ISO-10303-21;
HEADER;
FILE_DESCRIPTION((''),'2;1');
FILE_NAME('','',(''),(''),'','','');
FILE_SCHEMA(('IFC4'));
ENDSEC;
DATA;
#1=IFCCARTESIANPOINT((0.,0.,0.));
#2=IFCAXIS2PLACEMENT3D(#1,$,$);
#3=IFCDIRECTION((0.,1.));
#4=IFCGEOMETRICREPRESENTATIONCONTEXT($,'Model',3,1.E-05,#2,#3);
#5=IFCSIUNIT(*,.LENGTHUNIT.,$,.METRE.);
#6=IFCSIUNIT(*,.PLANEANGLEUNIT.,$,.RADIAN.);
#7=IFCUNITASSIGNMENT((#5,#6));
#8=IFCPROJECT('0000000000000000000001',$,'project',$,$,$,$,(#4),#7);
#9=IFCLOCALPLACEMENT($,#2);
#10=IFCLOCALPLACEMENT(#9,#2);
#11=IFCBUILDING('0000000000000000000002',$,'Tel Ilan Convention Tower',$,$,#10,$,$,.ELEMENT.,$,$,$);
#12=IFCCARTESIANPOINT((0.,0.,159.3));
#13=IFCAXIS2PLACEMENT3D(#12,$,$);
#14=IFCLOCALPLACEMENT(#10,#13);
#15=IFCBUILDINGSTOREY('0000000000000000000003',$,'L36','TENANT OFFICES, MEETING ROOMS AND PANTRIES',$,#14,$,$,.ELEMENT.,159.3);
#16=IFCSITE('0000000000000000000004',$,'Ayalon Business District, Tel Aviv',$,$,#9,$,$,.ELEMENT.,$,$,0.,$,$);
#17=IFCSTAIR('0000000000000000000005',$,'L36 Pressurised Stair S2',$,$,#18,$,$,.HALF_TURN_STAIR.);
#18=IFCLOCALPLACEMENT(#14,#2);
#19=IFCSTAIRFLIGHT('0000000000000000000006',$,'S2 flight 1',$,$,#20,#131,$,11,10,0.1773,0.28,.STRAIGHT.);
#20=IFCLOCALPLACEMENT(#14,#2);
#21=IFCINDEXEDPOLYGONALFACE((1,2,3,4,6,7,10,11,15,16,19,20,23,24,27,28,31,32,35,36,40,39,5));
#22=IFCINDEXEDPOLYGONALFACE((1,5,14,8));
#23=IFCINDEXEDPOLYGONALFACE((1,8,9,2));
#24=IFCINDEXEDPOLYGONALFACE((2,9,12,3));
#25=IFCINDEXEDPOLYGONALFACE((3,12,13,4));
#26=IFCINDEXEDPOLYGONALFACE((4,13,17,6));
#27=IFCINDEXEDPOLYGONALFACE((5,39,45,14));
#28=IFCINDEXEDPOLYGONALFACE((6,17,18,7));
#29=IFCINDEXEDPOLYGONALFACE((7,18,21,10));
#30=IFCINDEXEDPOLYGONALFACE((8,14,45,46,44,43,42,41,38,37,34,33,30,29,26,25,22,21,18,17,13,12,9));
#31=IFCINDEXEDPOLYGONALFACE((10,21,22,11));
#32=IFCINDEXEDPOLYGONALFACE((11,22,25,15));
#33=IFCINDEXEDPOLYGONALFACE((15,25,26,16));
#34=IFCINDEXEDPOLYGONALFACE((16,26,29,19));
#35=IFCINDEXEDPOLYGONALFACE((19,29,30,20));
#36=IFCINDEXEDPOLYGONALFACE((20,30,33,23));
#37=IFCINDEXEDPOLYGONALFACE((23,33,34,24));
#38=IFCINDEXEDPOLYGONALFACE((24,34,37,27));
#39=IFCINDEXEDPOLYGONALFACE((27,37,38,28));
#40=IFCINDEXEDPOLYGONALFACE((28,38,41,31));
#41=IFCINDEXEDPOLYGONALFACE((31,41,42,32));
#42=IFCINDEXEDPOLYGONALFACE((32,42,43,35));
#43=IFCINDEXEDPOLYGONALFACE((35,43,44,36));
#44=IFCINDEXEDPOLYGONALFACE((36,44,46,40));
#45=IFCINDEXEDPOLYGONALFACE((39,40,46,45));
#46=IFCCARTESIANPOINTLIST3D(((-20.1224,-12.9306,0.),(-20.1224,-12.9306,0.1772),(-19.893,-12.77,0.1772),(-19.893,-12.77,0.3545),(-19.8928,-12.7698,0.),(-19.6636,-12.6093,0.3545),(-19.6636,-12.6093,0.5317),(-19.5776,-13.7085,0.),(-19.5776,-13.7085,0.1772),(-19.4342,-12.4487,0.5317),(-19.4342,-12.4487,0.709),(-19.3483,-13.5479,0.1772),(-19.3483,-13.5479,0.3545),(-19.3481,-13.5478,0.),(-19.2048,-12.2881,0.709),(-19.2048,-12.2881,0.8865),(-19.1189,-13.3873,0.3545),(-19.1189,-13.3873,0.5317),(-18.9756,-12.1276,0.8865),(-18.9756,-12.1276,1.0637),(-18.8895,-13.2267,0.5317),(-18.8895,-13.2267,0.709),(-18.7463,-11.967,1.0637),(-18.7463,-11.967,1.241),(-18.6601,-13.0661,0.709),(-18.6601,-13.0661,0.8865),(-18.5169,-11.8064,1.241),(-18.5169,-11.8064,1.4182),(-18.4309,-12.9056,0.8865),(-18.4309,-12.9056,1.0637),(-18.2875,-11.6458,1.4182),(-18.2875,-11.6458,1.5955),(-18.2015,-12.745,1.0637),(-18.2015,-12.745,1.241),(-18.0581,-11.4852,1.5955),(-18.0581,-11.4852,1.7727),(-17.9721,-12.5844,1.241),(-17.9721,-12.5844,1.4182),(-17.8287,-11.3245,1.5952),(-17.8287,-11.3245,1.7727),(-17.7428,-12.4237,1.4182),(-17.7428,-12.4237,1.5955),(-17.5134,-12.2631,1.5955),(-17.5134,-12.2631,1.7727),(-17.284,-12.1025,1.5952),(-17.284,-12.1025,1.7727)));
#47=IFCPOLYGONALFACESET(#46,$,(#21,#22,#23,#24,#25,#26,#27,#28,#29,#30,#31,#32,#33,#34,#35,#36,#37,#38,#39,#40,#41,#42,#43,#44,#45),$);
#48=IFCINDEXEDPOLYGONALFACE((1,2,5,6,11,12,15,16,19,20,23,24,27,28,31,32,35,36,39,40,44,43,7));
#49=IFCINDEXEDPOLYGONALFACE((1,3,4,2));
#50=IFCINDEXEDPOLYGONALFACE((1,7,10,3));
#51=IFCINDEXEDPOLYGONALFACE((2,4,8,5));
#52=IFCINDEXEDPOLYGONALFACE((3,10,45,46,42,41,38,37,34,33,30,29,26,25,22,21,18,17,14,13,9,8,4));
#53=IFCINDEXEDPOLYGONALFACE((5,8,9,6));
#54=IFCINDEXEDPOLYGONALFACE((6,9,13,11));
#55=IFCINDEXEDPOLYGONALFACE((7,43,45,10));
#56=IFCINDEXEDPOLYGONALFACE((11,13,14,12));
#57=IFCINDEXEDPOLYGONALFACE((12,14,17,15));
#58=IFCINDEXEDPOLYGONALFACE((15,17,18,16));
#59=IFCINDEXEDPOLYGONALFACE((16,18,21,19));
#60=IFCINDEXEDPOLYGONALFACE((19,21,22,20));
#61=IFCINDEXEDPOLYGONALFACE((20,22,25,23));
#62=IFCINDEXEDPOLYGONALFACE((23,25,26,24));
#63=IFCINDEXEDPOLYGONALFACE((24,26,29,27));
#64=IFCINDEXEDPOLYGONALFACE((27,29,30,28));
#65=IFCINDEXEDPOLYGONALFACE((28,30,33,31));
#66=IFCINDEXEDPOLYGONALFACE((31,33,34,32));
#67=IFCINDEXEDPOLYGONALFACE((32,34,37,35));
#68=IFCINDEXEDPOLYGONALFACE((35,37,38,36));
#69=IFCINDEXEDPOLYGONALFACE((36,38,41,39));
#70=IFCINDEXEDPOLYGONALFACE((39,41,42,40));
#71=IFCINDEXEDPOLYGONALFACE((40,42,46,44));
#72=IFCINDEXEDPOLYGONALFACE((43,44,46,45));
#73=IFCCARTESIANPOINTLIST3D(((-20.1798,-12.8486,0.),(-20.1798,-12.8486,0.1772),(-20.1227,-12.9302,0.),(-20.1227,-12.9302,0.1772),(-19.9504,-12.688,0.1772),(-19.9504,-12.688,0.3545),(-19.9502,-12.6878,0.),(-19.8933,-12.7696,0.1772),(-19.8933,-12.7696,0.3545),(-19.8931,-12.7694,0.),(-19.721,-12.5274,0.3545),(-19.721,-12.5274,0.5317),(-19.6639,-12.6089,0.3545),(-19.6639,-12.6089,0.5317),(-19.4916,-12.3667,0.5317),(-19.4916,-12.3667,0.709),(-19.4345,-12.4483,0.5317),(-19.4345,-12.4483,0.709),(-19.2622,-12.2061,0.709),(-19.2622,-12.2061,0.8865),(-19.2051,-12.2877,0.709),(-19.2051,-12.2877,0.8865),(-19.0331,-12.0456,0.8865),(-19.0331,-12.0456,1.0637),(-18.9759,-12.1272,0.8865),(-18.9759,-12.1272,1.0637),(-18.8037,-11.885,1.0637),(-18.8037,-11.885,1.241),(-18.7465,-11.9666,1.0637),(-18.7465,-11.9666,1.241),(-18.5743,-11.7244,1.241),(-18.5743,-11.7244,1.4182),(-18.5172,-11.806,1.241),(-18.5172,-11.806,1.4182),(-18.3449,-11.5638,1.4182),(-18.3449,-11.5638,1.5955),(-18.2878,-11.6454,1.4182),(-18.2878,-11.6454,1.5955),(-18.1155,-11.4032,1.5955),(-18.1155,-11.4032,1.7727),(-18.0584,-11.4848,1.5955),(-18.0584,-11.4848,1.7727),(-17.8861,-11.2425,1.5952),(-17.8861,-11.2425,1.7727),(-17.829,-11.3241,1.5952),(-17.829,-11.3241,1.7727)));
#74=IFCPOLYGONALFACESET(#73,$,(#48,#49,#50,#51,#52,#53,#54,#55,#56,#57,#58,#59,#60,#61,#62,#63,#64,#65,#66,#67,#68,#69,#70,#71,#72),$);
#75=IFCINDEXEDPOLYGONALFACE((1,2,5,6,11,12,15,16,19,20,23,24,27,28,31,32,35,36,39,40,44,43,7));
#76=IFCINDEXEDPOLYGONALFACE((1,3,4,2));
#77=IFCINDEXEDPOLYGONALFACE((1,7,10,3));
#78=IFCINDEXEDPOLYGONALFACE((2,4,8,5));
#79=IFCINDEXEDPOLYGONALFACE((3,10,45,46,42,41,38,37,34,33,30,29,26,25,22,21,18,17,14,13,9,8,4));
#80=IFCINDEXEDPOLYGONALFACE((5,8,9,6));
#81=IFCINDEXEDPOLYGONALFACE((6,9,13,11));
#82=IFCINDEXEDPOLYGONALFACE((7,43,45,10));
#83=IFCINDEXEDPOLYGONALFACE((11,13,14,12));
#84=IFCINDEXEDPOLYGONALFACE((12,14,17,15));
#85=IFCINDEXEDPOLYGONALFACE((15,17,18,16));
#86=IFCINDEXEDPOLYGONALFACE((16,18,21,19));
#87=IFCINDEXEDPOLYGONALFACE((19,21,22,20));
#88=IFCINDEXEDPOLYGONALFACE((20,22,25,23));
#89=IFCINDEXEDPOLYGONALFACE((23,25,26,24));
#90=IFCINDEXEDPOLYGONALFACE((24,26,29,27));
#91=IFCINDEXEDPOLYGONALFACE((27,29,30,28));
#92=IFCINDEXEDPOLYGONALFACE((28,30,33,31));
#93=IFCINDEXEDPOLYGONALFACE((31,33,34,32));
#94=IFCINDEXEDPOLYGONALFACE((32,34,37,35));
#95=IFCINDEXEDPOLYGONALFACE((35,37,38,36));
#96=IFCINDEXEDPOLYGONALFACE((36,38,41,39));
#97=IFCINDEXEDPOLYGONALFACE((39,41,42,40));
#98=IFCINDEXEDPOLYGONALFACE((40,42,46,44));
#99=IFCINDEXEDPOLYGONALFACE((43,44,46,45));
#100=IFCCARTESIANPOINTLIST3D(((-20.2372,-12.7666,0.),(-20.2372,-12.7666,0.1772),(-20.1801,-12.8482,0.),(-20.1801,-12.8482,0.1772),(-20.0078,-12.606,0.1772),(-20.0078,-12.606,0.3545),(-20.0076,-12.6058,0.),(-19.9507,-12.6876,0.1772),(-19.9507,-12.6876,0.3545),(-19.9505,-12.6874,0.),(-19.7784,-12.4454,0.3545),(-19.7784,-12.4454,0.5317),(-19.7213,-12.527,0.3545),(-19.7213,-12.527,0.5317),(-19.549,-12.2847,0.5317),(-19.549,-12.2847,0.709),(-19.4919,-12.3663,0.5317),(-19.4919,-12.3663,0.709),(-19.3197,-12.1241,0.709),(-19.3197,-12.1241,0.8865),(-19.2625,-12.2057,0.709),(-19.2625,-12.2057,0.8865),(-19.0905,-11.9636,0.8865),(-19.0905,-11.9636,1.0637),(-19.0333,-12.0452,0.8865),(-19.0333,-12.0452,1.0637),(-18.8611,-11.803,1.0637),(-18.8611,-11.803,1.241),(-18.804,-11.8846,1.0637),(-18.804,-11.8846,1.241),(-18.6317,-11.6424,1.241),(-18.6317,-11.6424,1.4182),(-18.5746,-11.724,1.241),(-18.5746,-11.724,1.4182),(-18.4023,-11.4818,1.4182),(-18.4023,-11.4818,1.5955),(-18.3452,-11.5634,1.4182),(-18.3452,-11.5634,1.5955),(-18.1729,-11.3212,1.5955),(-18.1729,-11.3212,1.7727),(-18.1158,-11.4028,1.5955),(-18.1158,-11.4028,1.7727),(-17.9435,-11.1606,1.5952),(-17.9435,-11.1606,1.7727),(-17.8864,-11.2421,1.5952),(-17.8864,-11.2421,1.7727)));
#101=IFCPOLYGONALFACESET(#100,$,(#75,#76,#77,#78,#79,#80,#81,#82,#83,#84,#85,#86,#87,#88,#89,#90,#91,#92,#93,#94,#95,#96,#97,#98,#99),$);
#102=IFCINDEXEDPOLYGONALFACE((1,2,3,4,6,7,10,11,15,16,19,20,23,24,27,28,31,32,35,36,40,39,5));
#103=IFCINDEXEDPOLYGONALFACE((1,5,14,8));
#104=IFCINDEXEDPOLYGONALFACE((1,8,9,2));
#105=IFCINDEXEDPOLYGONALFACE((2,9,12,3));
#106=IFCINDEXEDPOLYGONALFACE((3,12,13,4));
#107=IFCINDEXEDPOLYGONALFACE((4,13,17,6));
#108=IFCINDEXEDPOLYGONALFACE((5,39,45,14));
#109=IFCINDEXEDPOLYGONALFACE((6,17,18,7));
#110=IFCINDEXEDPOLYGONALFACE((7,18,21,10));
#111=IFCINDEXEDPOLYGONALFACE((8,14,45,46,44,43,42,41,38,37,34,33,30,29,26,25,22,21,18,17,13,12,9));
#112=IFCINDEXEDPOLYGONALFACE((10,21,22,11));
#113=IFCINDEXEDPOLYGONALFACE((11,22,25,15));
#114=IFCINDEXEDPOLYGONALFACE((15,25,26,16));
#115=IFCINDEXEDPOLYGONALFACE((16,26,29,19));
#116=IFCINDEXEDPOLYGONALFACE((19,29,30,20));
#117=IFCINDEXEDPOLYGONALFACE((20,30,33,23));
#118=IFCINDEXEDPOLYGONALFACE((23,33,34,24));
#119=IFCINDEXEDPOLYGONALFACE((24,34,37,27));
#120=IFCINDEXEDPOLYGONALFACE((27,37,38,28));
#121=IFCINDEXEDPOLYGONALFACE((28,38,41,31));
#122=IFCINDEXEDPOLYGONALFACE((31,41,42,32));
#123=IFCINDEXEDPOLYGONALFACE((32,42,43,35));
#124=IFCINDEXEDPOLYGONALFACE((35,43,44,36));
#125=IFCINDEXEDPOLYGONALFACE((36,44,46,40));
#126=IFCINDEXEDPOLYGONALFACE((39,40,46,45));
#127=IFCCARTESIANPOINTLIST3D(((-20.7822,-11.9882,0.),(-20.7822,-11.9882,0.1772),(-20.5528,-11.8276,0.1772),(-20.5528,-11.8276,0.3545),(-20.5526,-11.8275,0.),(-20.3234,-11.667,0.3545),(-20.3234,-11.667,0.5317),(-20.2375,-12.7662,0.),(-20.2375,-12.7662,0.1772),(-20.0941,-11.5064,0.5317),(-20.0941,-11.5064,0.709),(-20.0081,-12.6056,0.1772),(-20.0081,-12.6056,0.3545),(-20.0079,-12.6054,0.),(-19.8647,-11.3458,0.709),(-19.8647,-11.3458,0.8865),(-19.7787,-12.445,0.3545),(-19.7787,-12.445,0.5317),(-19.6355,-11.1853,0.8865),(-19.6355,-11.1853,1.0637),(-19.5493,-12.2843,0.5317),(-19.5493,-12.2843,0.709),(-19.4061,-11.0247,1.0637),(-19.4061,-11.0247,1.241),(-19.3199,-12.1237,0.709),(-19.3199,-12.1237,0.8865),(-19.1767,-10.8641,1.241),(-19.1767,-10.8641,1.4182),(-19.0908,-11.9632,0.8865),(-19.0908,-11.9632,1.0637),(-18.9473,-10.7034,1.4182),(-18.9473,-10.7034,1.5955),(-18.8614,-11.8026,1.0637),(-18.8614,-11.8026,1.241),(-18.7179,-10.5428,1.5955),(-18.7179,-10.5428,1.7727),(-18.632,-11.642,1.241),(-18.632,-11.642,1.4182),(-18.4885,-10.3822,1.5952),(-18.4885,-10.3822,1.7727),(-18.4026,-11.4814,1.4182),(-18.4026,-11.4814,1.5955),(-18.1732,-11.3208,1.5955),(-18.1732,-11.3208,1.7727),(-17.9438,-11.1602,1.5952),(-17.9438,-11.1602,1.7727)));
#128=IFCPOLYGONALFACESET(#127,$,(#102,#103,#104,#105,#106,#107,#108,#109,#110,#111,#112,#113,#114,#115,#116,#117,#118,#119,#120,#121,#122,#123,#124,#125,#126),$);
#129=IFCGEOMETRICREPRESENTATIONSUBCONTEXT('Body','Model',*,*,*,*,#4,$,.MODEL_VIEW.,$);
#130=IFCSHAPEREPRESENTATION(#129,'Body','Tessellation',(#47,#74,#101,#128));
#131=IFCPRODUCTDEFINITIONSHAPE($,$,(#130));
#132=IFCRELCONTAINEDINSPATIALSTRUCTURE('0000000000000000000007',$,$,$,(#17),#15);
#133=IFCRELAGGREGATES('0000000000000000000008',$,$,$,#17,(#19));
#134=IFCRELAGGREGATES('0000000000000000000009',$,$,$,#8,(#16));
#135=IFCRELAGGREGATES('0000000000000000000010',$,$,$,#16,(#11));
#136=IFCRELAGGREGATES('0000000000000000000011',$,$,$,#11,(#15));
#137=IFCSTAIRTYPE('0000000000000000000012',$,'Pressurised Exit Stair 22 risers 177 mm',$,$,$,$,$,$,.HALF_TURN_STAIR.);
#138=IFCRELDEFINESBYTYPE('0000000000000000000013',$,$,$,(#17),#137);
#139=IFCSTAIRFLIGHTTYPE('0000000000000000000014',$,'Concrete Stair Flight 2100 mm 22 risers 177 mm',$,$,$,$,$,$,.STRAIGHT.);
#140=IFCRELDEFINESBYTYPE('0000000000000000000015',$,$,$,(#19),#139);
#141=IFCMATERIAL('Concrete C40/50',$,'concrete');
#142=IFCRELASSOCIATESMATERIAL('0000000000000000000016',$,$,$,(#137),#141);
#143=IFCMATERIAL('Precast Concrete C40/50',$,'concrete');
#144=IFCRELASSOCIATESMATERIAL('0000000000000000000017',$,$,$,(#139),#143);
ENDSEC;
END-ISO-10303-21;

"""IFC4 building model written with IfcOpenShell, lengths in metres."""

from ifc_helpers import new_model, si_unit, direction, frame, origin, place, context, subcontext, project, spatial, polyline, outline, extrude, material, type_object, element, aggregate, save


model = new_model("IFC4")

# Units and contexts
model_context = context("Model", 3, precision=1e-05, world=origin(), true_north=direction((0.0, 1.0)))
body_context = subcontext(model_context, "Body", "Model", "MODEL_VIEW")
ifc_project = project(units=[si_unit("LENGTHUNIT", "METRE"), si_unit("PLANEANGLEUNIT", "RADIAN")], contexts=[model_context])

# Site, building, storey
site_placement = place(None, origin())
site = spatial("IfcSite", under=ifc_project, at=site_placement, Name="Ayalon Business District, Tel Aviv", CompositionType="ELEMENT", RefElevation=0.0)
building_placement = place(site_placement, origin())
building = spatial("IfcBuilding", under=site, at=building_placement, Name="Tel Ilan Convention Tower", CompositionType="ELEMENT")
storey_placement = place(building_placement, frame((0.0, 0.0, 159.3)))
storey = spatial("IfcBuildingStorey", under=building, at=storey_placement, Name="L36", Description="TENANT OFFICES, MEETING ROOMS AND PANTRIES", CompositionType="ELEMENT", Elevation=159.3)

# Stair, stair flight
ifc_material_1 = material(Name="Concrete C40/50", Category="concrete")
stair_type = type_object("IfcStairType", Name="Pressurised Exit Stair 22 risers 177 mm", PredefinedType="HALF_TURN_STAIR", material=ifc_material_1)
ifc_material_2 = material(Name="Precast Concrete C40/50", Category="concrete")
stair_flight_type = type_object("IfcStairFlightType", Name="Concrete Stair Flight 2100 mm 22 risers 177 mm", PredefinedType="STRAIGHT", material=ifc_material_2)
stair_1_placement = place(storey_placement, origin())
stair_1 = element("IfcStair", 1, at=stair_1_placement, inside=storey, type_object=stair_type, Name="L36 Pressurised Stair S2", PredefinedType="HALF_TURN_STAIR")
stair_flight_1_placement = place(storey_placement, frame((-20.1799, -12.8484, 0.0), z_axis=(0.0, 0.0, 1.0), x_axis=(0.819152, 0.573576, 0.0)))
stair_flight_1 = element("IfcStairFlight", 2, at=stair_flight_1_placement, type_object=stair_flight_type, Name="S2 flight 1", NumberOfRisers=11, NumberOfTreads=10, PredefinedType="STRAIGHT", RiserHeight=0.1773, TreadLength=0.28, context=body_context, shape_type="SweptSolid", body=[
    extrude(outline(polyline([(0.0, 0.0), (0.0, 0.1772), (0.28, 0.1772), (0.28, 0.3545), (0.5601, 0.3545), (0.5601, 0.5317), (0.8401, 0.5317), (0.8401, 0.709), (1.1201, 0.709), (1.1201, 0.8865), (1.3999, 0.8865), (1.3999, 1.0637), (1.6799, 1.0637), (1.6799, 1.241), (1.96, 1.241), (1.96, 1.4182), (2.24, 1.4182), (2.24, 1.5955), (2.52, 1.5955), (2.52, 1.7727), (2.8, 1.7727), (2.8, 1.95), (2.8, 1.5952), (0.2803, 0.0), (0.0, 0.0)])), frame((0.0, -0.1003, 0.0), z_axis=(0.0, -1.0, 0.0), x_axis=(1.0, 0.0, 0.0)), (0.0, 0.0, 1.0), 0.9497),
    extrude(outline(polyline([(0.0, 0.0), (0.0, 0.1772), (0.28, 0.1772), (0.28, 0.3545), (0.5601, 0.3545), (0.5601, 0.5317), (0.8401, 0.5317), (0.8401, 0.709), (1.1201, 0.709), (1.1201, 0.8865), (1.3999, 0.8865), (1.3999, 1.0637), (1.6799, 1.0637), (1.6799, 1.241), (1.96, 1.241), (1.96, 1.4182), (2.24, 1.4182), (2.24, 1.5955), (2.52, 1.5955), (2.52, 1.7727), (2.8, 1.7727), (2.8, 1.95), (2.8, 1.5952), (0.2803, 0.0), (0.0, 0.0)])), frame((0.0, -0.0002, 0.0), z_axis=(0.0, -1.0, 0.0), x_axis=(1.0, 0.0, 0.0)), (0.0, 0.0, 1.0), 0.0996),
    extrude(outline(polyline([(0.0, 0.0), (0.0, 0.1772), (0.28, 0.1772), (0.28, 0.3545), (0.5601, 0.3545), (0.5601, 0.5317), (0.8401, 0.5317), (0.8401, 0.709), (1.1201, 0.709), (1.1201, 0.8865), (1.3999, 0.8865), (1.3999, 1.0637), (1.6799, 1.0637), (1.6799, 1.241), (1.96, 1.241), (1.96, 1.4182), (2.24, 1.4182), (2.24, 1.5955), (2.52, 1.5955), (2.52, 1.7727), (2.8, 1.7727), (2.8, 1.95), (2.8, 1.5952), (0.2803, 0.0), (0.0, 0.0)])), frame((0.0, 0.0999, 0.0), z_axis=(0.0, -1.0, 0.0), x_axis=(1.0, 0.0, 0.0)), (0.0, 0.0, 1.0), 0.0996),
    extrude(outline(polyline([(0.0, 0.0), (0.0, 0.1772), (0.28, 0.1772), (0.28, 0.3545), (0.5601, 0.3545), (0.5601, 0.5317), (0.8401, 0.5317), (0.8401, 0.709), (1.1201, 0.709), (1.1201, 0.8865), (1.3999, 0.8865), (1.3999, 1.0637), (1.6799, 1.0637), (1.6799, 1.241), (1.96, 1.241), (1.96, 1.4182), (2.24, 1.4182), (2.24, 1.5955), (2.52, 1.5955), (2.52, 1.7727), (2.8, 1.7727), (2.8, 1.95), (2.8, 1.5952), (0.2803, 0.0), (0.0, 0.0)])), frame((0.0, 1.05, 0.0), z_axis=(0.0, -1.0, 0.0), x_axis=(1.0, 0.0, 0.0)), (0.0, 0.0, 1.0), 0.9497),
])
aggregate(stair_1, [stair_flight_1])

save(model, "model.ifc")
